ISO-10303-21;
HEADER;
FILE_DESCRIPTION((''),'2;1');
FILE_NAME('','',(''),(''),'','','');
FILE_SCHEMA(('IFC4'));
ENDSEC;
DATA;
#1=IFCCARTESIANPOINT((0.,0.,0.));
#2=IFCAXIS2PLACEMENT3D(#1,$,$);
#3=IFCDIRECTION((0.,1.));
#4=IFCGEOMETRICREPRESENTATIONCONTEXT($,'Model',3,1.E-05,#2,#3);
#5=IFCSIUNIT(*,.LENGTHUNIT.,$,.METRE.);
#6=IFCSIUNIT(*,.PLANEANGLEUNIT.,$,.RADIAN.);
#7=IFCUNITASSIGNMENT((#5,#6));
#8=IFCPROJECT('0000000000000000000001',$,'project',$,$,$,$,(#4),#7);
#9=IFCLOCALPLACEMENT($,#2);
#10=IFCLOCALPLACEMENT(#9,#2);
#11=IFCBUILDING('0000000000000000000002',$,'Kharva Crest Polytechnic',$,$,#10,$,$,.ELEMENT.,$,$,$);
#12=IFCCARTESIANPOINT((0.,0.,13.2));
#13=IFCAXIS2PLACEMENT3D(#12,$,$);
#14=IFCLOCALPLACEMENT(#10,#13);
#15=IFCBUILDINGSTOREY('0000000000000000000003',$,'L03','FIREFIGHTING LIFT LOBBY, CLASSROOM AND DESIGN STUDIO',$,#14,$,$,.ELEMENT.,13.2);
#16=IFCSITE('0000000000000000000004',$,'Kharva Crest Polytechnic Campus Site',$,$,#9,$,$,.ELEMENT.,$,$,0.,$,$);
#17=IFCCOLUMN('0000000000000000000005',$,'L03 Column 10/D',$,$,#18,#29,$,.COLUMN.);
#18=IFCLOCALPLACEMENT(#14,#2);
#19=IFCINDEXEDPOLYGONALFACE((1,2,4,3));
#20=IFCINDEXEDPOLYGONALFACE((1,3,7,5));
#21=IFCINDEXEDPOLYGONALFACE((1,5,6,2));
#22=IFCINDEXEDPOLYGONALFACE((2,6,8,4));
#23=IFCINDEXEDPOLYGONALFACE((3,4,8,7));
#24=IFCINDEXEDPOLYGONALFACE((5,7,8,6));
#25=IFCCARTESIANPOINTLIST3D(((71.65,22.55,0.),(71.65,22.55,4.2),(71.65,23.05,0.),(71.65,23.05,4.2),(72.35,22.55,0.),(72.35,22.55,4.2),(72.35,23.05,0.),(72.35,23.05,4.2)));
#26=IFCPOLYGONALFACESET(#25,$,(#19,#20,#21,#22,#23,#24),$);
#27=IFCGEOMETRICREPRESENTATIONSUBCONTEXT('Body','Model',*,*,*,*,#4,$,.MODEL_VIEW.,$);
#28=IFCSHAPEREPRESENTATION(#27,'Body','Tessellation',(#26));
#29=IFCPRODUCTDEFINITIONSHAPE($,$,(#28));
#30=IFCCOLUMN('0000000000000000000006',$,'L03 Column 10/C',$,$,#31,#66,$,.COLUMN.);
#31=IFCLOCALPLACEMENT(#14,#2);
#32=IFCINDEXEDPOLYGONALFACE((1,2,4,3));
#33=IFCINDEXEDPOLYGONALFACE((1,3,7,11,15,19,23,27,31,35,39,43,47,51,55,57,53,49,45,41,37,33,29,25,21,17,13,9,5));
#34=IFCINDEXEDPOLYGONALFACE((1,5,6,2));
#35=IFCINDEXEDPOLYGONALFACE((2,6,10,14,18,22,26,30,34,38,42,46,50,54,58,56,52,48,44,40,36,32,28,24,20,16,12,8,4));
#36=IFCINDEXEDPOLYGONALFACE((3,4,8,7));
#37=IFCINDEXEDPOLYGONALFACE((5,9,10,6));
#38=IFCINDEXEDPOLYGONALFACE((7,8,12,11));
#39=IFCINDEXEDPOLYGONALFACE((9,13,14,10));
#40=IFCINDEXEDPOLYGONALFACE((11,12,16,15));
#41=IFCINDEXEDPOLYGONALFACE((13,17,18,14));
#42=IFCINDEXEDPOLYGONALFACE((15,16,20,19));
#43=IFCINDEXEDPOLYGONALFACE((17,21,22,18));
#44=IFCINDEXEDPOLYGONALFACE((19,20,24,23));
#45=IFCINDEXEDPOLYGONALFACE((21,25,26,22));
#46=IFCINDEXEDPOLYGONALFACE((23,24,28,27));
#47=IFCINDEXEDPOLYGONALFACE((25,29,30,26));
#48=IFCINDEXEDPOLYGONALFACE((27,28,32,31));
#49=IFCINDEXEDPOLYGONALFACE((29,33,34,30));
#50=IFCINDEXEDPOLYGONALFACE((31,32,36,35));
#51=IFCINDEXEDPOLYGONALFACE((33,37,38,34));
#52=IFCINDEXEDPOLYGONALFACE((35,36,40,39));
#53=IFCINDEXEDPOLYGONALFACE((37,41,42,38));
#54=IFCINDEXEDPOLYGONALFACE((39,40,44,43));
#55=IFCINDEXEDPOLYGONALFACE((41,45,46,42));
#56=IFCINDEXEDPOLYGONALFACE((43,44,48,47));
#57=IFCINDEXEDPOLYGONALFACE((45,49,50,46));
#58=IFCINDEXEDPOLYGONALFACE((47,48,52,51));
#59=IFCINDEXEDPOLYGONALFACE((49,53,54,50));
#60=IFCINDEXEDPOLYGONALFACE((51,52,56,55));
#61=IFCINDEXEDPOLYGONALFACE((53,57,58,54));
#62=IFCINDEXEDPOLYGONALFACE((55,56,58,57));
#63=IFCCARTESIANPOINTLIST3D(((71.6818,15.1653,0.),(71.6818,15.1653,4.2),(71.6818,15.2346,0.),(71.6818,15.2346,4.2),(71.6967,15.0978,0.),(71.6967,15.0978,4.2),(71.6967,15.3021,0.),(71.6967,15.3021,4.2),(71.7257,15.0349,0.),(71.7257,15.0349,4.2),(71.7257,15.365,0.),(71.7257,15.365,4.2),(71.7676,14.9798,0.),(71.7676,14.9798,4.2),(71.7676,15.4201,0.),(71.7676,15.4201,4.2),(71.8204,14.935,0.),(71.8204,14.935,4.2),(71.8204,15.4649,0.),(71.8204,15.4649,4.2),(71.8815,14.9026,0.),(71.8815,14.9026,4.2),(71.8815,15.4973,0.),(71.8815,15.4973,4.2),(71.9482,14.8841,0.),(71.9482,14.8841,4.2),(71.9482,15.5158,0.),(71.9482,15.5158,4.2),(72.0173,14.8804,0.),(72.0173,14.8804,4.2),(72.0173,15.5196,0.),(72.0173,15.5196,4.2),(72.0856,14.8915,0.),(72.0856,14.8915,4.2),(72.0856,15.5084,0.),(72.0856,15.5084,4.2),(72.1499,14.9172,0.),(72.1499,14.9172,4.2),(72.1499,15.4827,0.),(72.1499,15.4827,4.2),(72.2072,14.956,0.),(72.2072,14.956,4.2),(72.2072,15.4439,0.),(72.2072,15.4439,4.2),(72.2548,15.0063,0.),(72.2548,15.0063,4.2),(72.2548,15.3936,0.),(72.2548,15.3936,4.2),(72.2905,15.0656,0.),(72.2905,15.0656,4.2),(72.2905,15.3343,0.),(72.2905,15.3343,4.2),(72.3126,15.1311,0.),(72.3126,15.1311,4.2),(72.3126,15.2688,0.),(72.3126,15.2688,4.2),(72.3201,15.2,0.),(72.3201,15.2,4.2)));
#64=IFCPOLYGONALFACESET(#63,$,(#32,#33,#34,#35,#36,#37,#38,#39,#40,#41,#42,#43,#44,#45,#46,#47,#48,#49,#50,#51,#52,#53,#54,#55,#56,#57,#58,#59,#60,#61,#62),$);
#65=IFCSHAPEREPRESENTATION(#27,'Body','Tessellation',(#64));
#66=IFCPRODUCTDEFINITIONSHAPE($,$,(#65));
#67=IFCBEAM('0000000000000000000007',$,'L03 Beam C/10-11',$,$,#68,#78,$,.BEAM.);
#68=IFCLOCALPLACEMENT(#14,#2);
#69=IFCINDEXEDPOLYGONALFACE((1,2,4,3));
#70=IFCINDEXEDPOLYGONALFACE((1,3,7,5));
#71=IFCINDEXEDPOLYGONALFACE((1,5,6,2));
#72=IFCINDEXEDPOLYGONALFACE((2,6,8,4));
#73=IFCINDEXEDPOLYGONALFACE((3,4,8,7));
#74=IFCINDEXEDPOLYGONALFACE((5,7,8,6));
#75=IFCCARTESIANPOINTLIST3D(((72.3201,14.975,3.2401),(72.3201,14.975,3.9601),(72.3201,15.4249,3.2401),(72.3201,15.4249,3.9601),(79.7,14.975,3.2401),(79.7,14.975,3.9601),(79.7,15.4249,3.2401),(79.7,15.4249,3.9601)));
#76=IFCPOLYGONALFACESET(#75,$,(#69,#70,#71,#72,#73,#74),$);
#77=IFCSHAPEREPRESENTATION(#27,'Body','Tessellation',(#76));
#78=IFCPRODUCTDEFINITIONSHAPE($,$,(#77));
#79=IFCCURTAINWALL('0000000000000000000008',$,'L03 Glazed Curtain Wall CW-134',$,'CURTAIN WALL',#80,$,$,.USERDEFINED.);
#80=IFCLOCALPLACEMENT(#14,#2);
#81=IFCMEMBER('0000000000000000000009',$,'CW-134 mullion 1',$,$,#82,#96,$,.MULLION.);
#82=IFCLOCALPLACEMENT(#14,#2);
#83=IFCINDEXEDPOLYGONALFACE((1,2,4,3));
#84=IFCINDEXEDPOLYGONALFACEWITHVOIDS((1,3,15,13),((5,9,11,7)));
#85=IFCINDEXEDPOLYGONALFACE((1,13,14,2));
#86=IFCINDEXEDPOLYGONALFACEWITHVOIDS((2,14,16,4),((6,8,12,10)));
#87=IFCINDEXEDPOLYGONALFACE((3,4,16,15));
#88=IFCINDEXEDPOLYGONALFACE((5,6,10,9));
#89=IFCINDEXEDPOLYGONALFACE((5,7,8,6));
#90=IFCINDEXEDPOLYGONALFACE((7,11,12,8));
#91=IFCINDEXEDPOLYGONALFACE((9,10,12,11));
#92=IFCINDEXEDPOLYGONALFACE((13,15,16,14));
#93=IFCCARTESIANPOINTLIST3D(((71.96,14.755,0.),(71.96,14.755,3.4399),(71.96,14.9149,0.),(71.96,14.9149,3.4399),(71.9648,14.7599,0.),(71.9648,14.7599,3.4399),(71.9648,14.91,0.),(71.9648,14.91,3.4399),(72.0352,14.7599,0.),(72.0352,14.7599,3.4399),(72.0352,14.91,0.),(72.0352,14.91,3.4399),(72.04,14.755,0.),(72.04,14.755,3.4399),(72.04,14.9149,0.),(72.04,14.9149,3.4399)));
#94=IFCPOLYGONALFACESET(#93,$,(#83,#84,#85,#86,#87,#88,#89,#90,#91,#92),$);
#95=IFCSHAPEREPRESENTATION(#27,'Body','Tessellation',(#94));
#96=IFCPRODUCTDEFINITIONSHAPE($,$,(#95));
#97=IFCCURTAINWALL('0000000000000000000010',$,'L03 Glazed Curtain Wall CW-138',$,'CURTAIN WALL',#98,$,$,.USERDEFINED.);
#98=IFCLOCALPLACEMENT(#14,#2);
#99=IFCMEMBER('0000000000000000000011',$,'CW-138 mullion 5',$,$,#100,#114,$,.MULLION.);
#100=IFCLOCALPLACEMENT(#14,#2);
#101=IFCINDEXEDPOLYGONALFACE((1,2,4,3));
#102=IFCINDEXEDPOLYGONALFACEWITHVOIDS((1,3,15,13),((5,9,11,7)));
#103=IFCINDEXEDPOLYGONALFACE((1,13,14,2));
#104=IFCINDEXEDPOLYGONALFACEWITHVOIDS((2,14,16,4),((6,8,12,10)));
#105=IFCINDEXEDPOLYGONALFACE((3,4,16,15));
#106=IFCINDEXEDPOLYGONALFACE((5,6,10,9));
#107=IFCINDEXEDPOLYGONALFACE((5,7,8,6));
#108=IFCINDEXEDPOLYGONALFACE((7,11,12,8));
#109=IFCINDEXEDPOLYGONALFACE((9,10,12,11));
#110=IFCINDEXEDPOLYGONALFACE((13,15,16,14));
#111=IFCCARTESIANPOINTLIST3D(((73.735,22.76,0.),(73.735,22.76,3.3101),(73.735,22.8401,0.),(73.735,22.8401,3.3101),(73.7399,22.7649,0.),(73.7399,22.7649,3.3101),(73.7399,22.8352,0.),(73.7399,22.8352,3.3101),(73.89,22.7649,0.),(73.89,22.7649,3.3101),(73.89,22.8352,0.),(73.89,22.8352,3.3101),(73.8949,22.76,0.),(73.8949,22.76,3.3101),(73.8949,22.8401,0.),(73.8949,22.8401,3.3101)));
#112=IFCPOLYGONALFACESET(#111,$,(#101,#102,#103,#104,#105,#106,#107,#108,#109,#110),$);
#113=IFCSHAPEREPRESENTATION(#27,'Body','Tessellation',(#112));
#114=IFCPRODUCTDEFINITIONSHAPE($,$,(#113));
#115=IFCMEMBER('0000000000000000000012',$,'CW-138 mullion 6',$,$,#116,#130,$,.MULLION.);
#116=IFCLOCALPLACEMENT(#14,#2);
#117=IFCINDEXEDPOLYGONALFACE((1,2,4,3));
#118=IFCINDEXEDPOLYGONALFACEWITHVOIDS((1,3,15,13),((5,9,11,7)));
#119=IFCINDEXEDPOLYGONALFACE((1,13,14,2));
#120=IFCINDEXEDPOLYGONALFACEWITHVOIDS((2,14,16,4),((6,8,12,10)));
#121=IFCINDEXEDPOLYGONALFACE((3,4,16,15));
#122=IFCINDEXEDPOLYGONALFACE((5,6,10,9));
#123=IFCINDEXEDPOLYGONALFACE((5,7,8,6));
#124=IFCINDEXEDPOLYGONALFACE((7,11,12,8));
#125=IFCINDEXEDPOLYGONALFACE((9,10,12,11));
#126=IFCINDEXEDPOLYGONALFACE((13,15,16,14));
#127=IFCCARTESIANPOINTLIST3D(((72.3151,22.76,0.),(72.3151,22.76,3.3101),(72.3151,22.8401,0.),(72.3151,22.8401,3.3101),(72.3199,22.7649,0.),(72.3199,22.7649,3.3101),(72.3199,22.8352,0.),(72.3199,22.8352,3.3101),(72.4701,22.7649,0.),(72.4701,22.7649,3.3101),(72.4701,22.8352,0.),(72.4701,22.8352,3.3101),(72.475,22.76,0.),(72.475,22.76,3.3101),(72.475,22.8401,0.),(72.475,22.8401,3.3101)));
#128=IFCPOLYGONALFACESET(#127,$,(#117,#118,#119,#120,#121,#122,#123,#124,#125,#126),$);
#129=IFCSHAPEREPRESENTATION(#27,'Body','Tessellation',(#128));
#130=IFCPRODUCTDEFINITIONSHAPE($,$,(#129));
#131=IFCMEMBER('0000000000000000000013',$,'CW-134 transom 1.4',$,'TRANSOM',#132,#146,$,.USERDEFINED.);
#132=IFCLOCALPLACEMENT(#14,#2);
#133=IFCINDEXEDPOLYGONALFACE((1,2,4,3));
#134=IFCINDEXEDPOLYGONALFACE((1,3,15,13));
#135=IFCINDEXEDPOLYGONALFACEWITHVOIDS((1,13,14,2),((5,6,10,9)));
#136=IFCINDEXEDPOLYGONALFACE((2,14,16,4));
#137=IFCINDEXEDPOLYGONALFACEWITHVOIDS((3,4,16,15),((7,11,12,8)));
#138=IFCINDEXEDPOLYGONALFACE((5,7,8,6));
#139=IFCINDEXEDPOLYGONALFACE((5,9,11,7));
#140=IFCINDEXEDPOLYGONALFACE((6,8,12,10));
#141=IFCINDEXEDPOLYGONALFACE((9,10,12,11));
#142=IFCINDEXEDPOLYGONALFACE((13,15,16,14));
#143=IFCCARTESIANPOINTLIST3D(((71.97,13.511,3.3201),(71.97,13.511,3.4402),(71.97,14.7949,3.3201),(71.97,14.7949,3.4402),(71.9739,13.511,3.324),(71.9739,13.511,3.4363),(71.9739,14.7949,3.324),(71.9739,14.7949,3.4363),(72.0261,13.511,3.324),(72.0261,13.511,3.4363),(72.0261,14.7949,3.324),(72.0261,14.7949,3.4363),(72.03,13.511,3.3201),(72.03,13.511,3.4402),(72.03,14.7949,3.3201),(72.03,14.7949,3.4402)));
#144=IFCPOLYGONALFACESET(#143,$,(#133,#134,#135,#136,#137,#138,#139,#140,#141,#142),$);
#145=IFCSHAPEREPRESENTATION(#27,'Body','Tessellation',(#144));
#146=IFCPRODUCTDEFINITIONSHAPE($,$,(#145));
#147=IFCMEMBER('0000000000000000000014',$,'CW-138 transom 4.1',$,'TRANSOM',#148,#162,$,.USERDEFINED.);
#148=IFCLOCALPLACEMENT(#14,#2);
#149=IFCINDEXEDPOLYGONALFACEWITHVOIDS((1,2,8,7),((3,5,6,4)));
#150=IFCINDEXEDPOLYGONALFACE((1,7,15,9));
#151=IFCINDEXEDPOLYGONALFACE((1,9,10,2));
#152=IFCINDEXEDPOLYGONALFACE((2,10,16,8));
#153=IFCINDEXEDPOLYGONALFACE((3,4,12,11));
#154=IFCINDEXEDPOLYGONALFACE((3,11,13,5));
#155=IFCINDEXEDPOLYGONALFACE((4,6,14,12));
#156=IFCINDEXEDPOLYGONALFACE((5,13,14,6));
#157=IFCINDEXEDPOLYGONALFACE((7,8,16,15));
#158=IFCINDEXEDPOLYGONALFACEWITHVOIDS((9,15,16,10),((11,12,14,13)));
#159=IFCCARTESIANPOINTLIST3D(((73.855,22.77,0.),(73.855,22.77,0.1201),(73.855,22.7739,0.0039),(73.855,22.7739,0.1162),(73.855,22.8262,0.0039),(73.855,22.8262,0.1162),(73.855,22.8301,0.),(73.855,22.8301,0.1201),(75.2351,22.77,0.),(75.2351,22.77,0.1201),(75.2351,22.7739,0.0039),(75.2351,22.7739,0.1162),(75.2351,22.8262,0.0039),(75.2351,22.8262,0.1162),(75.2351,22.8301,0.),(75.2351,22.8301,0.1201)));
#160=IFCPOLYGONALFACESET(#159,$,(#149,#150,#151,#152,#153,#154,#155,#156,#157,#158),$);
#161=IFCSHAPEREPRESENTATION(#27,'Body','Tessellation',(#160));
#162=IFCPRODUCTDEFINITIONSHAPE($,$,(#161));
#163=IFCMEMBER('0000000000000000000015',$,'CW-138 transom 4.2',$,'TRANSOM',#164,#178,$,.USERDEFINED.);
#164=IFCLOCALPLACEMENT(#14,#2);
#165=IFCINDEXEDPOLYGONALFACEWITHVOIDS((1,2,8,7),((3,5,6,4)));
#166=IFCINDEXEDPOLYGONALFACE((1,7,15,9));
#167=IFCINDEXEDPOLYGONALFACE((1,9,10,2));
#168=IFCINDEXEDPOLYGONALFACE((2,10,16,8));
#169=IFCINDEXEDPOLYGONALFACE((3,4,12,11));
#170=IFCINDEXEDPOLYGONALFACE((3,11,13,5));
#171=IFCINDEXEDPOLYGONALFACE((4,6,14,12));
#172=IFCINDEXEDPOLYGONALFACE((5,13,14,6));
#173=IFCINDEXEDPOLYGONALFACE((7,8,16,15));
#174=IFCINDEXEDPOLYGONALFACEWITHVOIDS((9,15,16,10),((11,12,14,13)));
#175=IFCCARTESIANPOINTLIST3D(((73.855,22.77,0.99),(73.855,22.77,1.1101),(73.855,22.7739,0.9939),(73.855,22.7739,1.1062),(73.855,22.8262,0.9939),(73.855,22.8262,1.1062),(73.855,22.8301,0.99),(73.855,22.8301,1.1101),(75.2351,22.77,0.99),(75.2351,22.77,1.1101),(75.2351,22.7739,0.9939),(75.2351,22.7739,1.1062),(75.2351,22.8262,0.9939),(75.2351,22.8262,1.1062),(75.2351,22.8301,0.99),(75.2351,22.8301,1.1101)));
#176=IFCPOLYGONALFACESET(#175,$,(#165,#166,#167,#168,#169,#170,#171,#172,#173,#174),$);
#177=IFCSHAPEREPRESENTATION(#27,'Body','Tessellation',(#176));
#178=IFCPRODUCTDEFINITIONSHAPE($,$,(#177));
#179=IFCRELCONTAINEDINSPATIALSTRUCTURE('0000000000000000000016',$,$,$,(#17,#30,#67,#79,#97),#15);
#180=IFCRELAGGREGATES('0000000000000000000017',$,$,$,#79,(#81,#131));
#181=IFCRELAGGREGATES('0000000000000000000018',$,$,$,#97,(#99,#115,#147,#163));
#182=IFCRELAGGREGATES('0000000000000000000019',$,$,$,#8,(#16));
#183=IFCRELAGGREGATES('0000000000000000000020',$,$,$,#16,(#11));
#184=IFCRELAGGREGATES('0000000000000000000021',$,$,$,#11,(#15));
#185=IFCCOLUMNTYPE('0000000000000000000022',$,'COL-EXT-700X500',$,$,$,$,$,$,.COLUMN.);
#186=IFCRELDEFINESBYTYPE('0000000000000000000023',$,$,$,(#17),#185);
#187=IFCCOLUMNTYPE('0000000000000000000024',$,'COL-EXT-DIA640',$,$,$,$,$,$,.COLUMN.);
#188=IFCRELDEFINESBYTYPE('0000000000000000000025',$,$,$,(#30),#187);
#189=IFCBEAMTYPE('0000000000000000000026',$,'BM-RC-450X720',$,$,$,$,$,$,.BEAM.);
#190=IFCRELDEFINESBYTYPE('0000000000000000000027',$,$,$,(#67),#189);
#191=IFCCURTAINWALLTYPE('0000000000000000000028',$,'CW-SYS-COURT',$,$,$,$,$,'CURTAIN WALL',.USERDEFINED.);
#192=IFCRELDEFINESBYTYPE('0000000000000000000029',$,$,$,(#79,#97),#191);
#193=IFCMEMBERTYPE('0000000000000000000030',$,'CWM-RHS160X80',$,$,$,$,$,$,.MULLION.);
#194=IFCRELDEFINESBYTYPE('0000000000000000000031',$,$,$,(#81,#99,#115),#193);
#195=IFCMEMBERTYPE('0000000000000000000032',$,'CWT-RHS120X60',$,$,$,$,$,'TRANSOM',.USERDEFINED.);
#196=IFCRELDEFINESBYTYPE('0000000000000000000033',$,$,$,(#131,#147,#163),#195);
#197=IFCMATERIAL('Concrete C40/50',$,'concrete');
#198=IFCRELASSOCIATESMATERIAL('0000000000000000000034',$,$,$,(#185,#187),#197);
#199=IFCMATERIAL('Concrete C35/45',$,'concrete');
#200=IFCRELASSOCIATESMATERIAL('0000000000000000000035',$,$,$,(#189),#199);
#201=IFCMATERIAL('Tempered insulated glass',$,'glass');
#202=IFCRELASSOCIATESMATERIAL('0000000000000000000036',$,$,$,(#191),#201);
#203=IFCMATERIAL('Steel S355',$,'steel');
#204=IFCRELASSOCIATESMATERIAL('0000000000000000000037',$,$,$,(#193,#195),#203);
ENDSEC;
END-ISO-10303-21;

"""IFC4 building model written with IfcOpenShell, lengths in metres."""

from ifc_helpers import new_model, si_unit, direction, frame, origin, origin_2d, place, context, subcontext, project, spatial, rectangle, hollow_rectangle, circle, extrude, material, material_profile, profile_set, type_object, element, aggregate, save


model = new_model("IFC4")

# Units and contexts
model_context = context("Model", 3, precision=1e-05, world=origin(), true_north=direction((0.0, 1.0)))
body_context = subcontext(model_context, "Body", "Model", "MODEL_VIEW")
ifc_project = project(units=[si_unit("LENGTHUNIT", "METRE"), si_unit("PLANEANGLEUNIT", "RADIAN")], contexts=[model_context])

# Site, building, storey
site_placement = place(None, origin())
site = spatial("IfcSite", under=ifc_project, at=site_placement, Name="Kharva Crest Polytechnic Campus Site", CompositionType="ELEMENT", RefElevation=0.0)
building_placement = place(site_placement, origin())
building = spatial("IfcBuilding", under=site, at=building_placement, Name="Kharva Crest Polytechnic", CompositionType="ELEMENT")
storey_placement = place(building_placement, frame((0.0, 0.0, 13.2)))
storey = spatial("IfcBuildingStorey", under=building, at=storey_placement, Name="L03", Description="FIREFIGHTING LIFT LOBBY, CLASSROOM AND DESIGN STUDIO", CompositionType="ELEMENT", Elevation=13.2)

# Columns
ifc_material_1 = material(Name="Concrete C40/50", Category="concrete")
ifc_material_profile_1 = material_profile(ifc_material_1, rectangle(XDim=0.7, YDim=0.5, at=origin_2d()), Name="RECT 700 X 500")
ifc_profile_set_1 = profile_set([ifc_material_profile_1], Name="Concrete C40/50")
column_type_1 = type_object("IfcColumnType", Name="COL-EXT-700X500", PredefinedType="COLUMN", material=ifc_profile_set_1)
column_1_placement = place(storey_placement, frame((72.0, 22.8, 0.0), z_axis=(0.0, 0.0, 1.0), x_axis=(1.0, 0.0, 0.0)))
element("IfcColumn", 1, at=column_1_placement, inside=storey, type_object=column_type_1, Name="L03 Column 10/D", PredefinedType="COLUMN", context=body_context, shape_type="SweptSolid", body=[
    extrude(rectangle(XDim=0.7, YDim=0.5, at=origin_2d()), origin(), (0.0, 0.0, 1.0), 4.2),
])
ifc_material_profile_2 = material_profile(ifc_material_1, circle(Radius=0.3201, at=origin_2d()), Name="DIA 640")
ifc_profile_set_2 = profile_set([ifc_material_profile_2], Name="Concrete C40/50")
column_type_2 = type_object("IfcColumnType", Name="COL-EXT-DIA640", PredefinedType="COLUMN", material=ifc_profile_set_2)
column_2_placement = place(storey_placement, frame((72.0, 15.2, 0.0), z_axis=(0.0, 0.0, 1.0), x_axis=(1.0, 0.0, 0.0)))
element("IfcColumn", 2, at=column_2_placement, inside=storey, type_object=column_type_2, Name="L03 Column 10/C", PredefinedType="COLUMN", context=body_context, shape_type="SweptSolid", body=[
    extrude(circle(Radius=0.3201, at=origin_2d()), origin(), (0.0, 0.0, 1.0), 4.2),
])

# Beam
ifc_material_2 = material(Name="Concrete C35/45", Category="concrete")
ifc_material_profile_3 = material_profile(ifc_material_2, rectangle(XDim=0.45, YDim=0.72, at=origin_2d()), Name="RECT 450 X 720")
ifc_profile_set_3 = profile_set([ifc_material_profile_3], Name="Concrete C35/45")
beam_type_1 = type_object("IfcBeamType", Name="BM-RC-450X720", PredefinedType="BEAM", material=ifc_profile_set_3)
beam_1_placement = place(storey_placement, frame((72.3201, 15.2, 3.6001), z_axis=(1.0, 0.0, 0.0), x_axis=(0.0, 1.0, 0.0)))
element("IfcBeam", 3, at=beam_1_placement, inside=storey, type_object=beam_type_1, Name="L03 Beam C/10-11", PredefinedType="BEAM", context=body_context, shape_type="SweptSolid", body=[
    extrude(rectangle(XDim=0.45, YDim=0.72, at=origin_2d()), origin(), (0.0, 0.0, 1.0), 7.3799),
])

# Curtain wall, member
ifc_material_3 = material(Name="Tempered insulated glass", Category="glass")
curtain_wall_type = type_object("IfcCurtainWallType", Name="CW-SYS-COURT", ElementType="CURTAIN WALL", PredefinedType="USERDEFINED", material=ifc_material_3)
curtain_wall_1_placement = place(storey_placement, origin())
curtain_wall_1 = element("IfcCurtainWall", 4, at=curtain_wall_1_placement, inside=storey, type_object=curtain_wall_type, Name="L03 Glazed Curtain Wall CW-134", ObjectType="CURTAIN WALL", PredefinedType="USERDEFINED")
ifc_material_4 = material(Name="Steel S355", Category="steel")
ifc_material_profile_4 = material_profile(ifc_material_4, hollow_rectangle(XDim=0.0801, YDim=0.1599, WallThickness=0.0049, at=origin_2d()), Name="RHS 160X80X5.0")
ifc_profile_set_4 = profile_set([ifc_material_profile_4], Name="Steel S355")
member_type_1 = type_object("IfcMemberType", Name="CWM-RHS160X80", PredefinedType="MULLION", material=ifc_profile_set_4)
member_1_placement = place(storey_placement, frame((72.0, 14.835, 0.0), z_axis=(0.0, 0.0, 1.0), x_axis=(1.0, 0.0, 0.0)))
member_1 = element("IfcMember", 5, at=member_1_placement, type_object=member_type_1, Name="CW-134 mullion 1", PredefinedType="MULLION", context=body_context, shape_type="SweptSolid", body=[
    extrude(hollow_rectangle(XDim=0.0801, YDim=0.1599, WallThickness=0.0049, at=origin_2d()), origin(), (0.0, 0.0, 1.0), 3.4399),
])

# Curtain wall, members
curtain_wall_2_placement = place(storey_placement, origin())
curtain_wall_2 = element("IfcCurtainWall", 6, at=curtain_wall_2_placement, inside=storey, type_object=curtain_wall_type, Name="L03 Glazed Curtain Wall CW-138", ObjectType="CURTAIN WALL", PredefinedType="USERDEFINED")
member_2_placement = place(storey_placement, frame((73.8149, 22.8, 0.0), z_axis=(0.0, 0.0, 1.0), x_axis=(0.0, -1.0, 0.0)))
member_2 = element("IfcMember", 7, at=member_2_placement, type_object=member_type_1, Name="CW-138 mullion 5", PredefinedType="MULLION", context=body_context, shape_type="SweptSolid", body=[
    extrude(hollow_rectangle(XDim=0.0801, YDim=0.1599, WallThickness=0.0049, at=origin_2d()), origin(), (0.0, 0.0, 1.0), 3.3101),
])
member_3_placement = place(storey_placement, frame((72.395, 22.8, 0.0), z_axis=(0.0, 0.0, 1.0), x_axis=(0.0, -1.0, 0.0)))
member_3 = element("IfcMember", 8, at=member_3_placement, type_object=member_type_1, Name="CW-138 mullion 6", PredefinedType="MULLION", context=body_context, shape_type="SweptSolid", body=[
    extrude(hollow_rectangle(XDim=0.0801, YDim=0.1599, WallThickness=0.0049, at=origin_2d()), origin(), (0.0, 0.0, 1.0), 3.3101),
])

# Members
ifc_material_profile_5 = material_profile(ifc_material_4, hollow_rectangle(XDim=0.0601, YDim=0.1201, WallThickness=0.0039, at=origin_2d()), Name="RHS 120X60X4.0")
ifc_profile_set_5 = profile_set([ifc_material_profile_5], Name="Steel S355")
member_type_2 = type_object("IfcMemberType", Name="CWT-RHS120X60", ElementType="TRANSOM", PredefinedType="USERDEFINED", material=ifc_profile_set_5)
member_4_placement = place(storey_placement, frame((72.0, 14.7949, 3.3801), z_axis=(0.0, -1.0, 0.0), x_axis=(1.0, 0.0, 0.0)))
member_4 = element("IfcMember", 9, at=member_4_placement, type_object=member_type_2, Name="CW-134 transom 1.4", ObjectType="TRANSOM", PredefinedType="USERDEFINED", context=body_context, shape_type="SweptSolid", body=[
    extrude(hollow_rectangle(XDim=0.0601, YDim=0.1201, WallThickness=0.0039, at=origin_2d()), origin(), (0.0, 0.0, 1.0), 1.2839),
])
aggregate(curtain_wall_1, [member_1, member_4])
member_5_placement = place(storey_placement, frame((75.2351, 22.8, 0.0601), z_axis=(-1.0, 0.0, 0.0), x_axis=(0.0, -1.0, 0.0)))
member_5 = element("IfcMember", 10, at=member_5_placement, type_object=member_type_2, Name="CW-138 transom 4.1", ObjectType="TRANSOM", PredefinedType="USERDEFINED", context=body_context, shape_type="SweptSolid", body=[
    extrude(hollow_rectangle(XDim=0.0601, YDim=0.1201, WallThickness=0.0039, at=origin_2d()), origin(), (0.0, 0.0, 1.0), 1.3801),
])
member_6_placement = place(storey_placement, frame((75.2351, 22.8, 1.05), z_axis=(-1.0, 0.0, 0.0), x_axis=(0.0, -1.0, 0.0)))
member_6 = element("IfcMember", 11, at=member_6_placement, type_object=member_type_2, Name="CW-138 transom 4.2", ObjectType="TRANSOM", PredefinedType="USERDEFINED", context=body_context, shape_type="SweptSolid", body=[
    extrude(hollow_rectangle(XDim=0.0601, YDim=0.1201, WallThickness=0.0039, at=origin_2d()), origin(), (0.0, 0.0, 1.0), 1.3801),
])

aggregate(curtain_wall_2, [member_2, member_3, member_5, member_6])

save(model, "model.ifc")
